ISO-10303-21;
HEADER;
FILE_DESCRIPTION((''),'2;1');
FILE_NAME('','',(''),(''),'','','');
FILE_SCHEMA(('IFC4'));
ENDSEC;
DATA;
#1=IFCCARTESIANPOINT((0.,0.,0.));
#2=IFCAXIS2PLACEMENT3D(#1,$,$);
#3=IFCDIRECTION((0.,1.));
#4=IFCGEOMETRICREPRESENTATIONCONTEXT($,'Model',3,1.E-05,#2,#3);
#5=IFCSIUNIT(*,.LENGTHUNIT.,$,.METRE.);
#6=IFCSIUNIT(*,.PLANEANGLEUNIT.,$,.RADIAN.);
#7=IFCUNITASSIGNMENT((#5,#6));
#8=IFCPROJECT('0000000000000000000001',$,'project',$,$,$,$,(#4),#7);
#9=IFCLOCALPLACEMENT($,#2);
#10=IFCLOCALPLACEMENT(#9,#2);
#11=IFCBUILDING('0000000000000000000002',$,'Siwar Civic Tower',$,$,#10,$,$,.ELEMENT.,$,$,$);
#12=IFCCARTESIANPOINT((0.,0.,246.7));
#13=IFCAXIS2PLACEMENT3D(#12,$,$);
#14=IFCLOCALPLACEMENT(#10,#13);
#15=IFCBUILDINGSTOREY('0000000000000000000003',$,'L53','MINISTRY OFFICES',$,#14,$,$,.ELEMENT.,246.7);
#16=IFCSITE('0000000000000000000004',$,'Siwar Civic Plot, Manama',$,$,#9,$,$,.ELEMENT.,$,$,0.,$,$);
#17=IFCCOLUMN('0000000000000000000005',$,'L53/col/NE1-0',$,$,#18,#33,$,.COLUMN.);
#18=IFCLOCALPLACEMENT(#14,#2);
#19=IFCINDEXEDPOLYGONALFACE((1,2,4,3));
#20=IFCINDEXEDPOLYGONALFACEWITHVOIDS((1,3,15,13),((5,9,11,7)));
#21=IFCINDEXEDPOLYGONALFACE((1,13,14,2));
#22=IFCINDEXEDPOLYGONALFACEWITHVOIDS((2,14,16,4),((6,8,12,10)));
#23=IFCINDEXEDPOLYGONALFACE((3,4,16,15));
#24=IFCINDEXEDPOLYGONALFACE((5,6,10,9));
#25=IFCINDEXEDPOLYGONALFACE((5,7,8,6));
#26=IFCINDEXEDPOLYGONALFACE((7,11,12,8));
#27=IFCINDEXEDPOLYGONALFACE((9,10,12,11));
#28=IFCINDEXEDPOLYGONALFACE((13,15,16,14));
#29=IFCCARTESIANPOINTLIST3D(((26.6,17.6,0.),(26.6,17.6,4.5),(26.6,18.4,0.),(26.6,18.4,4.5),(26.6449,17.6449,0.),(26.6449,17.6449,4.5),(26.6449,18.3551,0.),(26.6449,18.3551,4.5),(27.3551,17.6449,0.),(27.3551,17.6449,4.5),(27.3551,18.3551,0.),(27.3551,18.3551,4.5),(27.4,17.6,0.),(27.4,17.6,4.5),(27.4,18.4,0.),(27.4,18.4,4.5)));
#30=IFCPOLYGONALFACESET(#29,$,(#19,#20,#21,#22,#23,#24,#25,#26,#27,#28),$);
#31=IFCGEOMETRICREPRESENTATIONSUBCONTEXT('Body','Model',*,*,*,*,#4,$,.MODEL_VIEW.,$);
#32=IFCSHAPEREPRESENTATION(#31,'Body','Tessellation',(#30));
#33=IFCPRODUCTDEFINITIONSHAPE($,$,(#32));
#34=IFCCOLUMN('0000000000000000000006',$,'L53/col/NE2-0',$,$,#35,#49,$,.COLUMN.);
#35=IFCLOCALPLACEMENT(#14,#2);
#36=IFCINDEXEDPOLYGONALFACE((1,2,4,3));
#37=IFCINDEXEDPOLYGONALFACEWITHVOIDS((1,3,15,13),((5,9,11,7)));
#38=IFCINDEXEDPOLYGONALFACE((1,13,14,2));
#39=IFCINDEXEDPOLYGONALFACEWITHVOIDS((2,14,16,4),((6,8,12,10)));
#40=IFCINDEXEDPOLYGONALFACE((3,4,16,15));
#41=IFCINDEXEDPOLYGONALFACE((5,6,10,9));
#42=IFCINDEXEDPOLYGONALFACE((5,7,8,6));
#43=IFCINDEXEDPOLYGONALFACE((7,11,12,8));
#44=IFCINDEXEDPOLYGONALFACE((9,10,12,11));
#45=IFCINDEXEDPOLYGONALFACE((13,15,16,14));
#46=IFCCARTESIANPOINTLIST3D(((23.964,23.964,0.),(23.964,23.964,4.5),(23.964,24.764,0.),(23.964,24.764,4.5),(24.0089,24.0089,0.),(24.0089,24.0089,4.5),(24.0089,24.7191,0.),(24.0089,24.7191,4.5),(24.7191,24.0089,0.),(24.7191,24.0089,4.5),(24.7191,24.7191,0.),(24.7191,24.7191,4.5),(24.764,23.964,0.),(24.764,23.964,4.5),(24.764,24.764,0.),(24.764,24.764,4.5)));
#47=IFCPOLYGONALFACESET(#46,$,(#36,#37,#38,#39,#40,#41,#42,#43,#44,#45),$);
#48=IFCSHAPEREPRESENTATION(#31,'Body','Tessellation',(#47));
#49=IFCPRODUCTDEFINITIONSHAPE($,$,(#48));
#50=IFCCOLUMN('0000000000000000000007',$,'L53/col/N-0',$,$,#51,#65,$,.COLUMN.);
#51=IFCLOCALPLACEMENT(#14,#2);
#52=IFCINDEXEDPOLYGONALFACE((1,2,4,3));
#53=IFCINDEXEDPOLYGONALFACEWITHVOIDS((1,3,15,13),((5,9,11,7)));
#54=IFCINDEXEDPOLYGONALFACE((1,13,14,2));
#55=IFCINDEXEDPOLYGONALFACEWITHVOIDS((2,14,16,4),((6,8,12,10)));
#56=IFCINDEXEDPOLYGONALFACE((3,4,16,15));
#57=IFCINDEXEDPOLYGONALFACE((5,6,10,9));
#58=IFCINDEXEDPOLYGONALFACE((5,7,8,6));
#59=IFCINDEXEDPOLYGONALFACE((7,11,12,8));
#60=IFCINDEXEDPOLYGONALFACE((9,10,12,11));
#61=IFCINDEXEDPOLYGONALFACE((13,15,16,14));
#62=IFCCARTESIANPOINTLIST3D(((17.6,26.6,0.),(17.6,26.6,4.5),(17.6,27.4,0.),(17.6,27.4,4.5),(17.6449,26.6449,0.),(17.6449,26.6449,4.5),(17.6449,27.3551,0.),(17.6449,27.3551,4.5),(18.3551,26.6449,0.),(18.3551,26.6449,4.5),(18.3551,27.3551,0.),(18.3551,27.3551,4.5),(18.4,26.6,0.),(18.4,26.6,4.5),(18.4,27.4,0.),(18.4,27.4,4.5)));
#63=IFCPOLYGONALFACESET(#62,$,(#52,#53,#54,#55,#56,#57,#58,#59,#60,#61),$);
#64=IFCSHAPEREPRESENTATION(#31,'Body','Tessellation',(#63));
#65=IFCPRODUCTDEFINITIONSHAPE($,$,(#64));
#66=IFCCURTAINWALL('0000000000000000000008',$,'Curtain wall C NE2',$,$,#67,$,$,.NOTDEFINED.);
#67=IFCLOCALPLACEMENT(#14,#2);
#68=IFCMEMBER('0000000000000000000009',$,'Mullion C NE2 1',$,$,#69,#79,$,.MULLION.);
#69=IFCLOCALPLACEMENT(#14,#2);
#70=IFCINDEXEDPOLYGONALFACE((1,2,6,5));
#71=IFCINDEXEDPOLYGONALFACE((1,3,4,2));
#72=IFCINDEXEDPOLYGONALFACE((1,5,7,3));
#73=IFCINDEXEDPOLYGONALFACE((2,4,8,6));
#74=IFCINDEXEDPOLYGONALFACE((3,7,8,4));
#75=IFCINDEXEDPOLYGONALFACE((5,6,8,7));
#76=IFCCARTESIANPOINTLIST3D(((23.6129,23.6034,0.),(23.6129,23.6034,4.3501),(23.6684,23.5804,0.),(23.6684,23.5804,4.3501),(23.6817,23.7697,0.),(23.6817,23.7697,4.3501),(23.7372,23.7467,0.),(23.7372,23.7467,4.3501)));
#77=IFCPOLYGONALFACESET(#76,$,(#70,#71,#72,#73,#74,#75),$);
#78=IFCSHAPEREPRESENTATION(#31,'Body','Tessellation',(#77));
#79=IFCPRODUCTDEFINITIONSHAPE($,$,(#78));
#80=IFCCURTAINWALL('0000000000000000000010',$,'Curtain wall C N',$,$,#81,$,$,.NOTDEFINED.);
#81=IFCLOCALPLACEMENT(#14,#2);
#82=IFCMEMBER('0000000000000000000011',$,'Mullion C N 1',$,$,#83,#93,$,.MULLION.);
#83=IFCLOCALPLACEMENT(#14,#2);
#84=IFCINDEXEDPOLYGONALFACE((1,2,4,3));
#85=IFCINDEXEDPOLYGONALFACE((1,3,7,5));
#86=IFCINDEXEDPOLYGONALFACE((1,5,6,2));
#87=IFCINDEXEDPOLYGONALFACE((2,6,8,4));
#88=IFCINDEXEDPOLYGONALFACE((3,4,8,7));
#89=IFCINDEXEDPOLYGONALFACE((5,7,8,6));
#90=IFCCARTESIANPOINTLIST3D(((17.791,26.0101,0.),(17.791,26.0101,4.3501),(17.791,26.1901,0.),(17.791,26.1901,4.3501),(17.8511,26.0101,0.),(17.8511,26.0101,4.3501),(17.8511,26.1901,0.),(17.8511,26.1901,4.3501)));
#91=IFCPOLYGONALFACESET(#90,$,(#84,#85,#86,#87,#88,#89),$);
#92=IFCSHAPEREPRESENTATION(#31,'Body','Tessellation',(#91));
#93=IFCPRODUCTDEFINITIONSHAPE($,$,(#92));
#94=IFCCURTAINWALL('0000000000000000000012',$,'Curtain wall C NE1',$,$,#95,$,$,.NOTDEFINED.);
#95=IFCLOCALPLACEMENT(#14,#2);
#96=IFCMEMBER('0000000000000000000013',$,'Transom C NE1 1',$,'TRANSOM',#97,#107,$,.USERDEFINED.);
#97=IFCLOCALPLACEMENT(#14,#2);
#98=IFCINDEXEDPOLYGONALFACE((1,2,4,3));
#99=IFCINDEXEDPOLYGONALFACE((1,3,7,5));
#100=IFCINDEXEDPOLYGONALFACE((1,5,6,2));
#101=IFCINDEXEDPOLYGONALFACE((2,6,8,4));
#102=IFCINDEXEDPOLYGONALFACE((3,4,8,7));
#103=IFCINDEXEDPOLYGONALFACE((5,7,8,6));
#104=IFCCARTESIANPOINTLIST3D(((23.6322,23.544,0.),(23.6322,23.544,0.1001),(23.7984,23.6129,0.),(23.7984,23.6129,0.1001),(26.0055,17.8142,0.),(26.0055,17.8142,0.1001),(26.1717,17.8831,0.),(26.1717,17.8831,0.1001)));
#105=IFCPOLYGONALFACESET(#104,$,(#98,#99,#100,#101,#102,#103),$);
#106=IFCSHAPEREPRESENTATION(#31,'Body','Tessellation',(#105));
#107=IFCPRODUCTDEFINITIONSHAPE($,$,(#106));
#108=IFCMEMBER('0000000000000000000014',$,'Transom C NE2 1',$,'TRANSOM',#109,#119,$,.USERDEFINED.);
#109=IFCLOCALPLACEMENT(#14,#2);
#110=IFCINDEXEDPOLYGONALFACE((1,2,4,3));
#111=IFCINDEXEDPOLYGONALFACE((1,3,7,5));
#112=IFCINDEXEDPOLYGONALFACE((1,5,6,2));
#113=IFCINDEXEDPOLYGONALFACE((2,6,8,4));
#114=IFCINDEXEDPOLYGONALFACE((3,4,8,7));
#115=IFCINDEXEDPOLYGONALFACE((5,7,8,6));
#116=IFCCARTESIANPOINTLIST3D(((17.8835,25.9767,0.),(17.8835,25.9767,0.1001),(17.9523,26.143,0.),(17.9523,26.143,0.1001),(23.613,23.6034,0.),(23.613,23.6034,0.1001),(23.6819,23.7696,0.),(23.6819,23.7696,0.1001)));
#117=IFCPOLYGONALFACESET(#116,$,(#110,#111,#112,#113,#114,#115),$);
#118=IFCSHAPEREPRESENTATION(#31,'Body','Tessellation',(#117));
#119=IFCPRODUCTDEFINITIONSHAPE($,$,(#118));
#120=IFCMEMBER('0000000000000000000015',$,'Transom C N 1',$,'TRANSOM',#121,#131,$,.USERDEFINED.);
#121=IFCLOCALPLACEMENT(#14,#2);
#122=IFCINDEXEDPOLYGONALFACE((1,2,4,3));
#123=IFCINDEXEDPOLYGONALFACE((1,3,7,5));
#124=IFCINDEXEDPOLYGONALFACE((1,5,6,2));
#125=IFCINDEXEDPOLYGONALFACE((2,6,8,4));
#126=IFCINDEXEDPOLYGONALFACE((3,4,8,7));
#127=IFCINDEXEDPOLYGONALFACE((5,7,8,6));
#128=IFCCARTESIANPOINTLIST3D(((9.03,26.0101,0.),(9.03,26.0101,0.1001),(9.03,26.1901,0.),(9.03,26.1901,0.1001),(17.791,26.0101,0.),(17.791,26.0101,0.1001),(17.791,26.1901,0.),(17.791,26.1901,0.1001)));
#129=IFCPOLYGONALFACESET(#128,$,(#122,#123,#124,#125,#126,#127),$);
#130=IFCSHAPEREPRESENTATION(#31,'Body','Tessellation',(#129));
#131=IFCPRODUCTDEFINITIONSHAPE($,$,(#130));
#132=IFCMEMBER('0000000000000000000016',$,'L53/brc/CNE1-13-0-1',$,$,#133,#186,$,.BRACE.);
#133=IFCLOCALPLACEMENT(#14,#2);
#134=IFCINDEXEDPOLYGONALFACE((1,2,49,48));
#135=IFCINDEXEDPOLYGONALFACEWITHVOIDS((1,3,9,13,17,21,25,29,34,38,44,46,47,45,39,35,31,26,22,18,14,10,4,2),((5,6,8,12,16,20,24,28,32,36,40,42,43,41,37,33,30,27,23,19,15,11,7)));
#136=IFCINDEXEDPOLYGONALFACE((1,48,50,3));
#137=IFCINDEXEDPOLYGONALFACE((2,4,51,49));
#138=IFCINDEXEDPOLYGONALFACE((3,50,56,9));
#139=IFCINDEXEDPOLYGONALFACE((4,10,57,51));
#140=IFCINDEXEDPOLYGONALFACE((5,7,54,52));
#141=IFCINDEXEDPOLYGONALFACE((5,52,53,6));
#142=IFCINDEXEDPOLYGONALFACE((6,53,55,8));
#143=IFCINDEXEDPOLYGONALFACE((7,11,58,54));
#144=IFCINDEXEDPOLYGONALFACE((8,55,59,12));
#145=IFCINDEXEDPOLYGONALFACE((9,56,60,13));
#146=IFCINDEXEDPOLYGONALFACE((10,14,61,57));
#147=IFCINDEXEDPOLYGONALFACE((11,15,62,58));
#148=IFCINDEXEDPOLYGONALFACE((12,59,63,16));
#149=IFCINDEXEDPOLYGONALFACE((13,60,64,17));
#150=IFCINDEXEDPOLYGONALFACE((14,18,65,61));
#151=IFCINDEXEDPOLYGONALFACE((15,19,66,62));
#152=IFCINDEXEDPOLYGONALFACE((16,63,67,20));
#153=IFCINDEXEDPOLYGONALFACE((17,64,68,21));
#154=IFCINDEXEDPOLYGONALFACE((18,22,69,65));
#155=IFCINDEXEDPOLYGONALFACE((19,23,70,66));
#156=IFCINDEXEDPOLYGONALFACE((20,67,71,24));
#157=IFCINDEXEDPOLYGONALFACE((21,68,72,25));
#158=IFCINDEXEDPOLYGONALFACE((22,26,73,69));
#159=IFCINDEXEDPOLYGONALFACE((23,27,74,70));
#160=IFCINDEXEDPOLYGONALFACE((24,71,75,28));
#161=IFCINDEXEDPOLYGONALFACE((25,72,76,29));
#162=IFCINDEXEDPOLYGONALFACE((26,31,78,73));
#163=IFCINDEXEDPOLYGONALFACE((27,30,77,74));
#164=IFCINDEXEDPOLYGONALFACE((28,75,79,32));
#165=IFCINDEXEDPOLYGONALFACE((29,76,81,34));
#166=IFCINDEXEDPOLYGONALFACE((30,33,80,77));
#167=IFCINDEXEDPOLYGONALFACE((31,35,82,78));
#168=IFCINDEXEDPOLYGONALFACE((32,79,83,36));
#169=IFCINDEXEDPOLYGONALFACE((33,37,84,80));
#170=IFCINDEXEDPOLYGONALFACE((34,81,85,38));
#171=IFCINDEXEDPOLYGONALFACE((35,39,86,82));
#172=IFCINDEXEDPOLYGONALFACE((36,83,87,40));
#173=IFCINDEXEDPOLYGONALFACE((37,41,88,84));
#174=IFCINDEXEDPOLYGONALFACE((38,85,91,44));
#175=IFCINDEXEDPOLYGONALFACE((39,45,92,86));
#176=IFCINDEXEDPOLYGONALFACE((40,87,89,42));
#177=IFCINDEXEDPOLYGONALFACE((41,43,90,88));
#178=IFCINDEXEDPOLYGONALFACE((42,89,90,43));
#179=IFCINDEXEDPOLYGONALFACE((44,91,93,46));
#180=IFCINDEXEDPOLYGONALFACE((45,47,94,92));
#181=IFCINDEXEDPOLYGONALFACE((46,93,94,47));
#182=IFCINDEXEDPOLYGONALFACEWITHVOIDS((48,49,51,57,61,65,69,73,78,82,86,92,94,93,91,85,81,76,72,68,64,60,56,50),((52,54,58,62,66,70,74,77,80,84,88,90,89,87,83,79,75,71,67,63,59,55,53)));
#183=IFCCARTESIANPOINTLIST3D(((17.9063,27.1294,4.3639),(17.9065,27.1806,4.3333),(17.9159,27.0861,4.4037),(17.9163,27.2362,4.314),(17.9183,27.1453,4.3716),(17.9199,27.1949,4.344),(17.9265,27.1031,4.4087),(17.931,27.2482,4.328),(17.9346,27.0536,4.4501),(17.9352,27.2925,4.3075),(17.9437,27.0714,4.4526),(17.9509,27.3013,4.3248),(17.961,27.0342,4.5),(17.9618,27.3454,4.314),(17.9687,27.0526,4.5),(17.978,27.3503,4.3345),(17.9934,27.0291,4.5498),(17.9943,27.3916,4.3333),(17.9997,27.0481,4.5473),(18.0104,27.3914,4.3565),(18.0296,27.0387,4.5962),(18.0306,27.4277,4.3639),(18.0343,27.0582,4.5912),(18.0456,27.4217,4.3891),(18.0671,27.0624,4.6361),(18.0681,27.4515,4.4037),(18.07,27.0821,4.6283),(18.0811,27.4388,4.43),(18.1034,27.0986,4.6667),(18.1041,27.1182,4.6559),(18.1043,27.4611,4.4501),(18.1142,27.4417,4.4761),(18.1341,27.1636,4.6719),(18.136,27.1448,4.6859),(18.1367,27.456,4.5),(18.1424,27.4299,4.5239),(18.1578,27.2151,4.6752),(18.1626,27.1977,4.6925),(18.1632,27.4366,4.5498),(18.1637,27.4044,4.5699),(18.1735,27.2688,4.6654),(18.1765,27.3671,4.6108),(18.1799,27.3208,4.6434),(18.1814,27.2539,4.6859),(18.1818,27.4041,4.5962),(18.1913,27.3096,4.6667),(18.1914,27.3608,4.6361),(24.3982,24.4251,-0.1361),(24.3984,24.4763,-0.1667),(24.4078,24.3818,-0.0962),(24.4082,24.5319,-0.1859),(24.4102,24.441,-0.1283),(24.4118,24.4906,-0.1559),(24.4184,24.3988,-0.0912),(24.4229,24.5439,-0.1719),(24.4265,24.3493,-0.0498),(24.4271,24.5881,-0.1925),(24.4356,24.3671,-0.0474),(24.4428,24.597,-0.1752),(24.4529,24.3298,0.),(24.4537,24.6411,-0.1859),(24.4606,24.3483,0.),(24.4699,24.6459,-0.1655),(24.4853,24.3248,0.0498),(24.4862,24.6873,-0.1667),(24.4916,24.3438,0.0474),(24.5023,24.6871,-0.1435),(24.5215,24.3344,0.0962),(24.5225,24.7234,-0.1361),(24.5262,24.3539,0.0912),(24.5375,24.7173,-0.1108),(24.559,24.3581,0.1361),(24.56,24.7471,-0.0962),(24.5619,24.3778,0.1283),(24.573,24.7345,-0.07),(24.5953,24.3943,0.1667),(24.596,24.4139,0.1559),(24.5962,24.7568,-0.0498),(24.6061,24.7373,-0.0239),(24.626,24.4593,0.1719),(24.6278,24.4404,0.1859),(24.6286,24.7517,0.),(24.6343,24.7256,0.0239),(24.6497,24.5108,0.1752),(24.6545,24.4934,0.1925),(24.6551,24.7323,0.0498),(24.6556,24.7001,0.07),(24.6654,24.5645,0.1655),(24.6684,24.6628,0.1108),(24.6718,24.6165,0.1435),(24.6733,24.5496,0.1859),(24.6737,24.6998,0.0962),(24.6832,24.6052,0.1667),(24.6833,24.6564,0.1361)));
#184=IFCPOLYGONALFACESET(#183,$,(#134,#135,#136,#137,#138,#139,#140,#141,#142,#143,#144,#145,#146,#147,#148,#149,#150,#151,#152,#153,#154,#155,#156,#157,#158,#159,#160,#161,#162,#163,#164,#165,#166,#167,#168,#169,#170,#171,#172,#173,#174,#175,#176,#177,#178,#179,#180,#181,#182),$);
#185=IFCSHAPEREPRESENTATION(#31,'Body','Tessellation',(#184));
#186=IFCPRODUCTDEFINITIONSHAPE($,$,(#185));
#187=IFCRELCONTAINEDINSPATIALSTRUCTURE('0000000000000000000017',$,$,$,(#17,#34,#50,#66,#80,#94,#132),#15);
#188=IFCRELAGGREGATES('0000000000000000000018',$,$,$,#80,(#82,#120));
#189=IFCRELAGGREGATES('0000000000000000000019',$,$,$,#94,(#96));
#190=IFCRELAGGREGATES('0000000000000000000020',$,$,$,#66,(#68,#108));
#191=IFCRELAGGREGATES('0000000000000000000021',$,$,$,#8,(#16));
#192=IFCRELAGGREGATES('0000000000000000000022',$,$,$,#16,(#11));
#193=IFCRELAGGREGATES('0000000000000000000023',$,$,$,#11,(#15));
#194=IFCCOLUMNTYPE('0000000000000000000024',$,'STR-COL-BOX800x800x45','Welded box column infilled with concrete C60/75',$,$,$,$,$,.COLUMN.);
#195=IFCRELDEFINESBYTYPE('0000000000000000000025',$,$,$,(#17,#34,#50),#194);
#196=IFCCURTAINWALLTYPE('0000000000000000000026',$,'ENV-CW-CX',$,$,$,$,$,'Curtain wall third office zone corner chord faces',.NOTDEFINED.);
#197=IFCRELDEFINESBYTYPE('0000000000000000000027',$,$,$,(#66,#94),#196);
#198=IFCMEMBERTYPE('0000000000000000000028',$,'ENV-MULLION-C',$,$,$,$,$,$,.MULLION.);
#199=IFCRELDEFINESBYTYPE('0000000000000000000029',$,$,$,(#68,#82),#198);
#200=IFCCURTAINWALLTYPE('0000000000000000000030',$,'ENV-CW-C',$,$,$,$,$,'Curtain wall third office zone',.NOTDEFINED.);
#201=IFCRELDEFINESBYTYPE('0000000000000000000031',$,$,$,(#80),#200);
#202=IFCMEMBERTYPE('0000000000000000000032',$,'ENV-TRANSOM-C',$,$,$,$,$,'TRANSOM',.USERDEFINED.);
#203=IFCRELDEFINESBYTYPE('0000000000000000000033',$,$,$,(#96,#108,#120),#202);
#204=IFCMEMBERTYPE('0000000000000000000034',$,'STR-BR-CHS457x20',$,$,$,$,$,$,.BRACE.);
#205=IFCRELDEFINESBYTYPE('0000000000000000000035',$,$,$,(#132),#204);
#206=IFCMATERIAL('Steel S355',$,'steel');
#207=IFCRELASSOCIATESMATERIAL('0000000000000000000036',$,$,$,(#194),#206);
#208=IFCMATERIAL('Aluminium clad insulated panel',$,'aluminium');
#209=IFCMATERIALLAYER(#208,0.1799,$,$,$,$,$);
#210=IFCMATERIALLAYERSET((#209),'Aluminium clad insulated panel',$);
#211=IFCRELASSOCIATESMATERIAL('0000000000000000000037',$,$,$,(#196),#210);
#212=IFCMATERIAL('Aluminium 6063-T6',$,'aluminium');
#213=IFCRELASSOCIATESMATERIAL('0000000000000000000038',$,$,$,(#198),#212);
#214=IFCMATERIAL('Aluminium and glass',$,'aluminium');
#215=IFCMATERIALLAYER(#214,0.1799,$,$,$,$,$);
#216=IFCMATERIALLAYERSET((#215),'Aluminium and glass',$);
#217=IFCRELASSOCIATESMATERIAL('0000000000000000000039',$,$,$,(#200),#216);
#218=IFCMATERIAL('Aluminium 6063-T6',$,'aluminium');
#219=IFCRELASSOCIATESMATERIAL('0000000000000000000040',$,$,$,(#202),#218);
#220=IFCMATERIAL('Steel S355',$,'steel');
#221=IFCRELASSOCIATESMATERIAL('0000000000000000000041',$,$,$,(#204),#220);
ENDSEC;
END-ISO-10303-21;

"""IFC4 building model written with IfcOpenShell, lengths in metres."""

from ifc_helpers import new_model, si_unit, direction, frame, origin, origin_2d, place, context, subcontext, project, spatial, rectangle, hollow_rectangle, hollow_circle, extrude, material, layer, layer_set, material_profile, profile_set, type_object, element, aggregate, save


model = new_model("IFC4")

# Units and contexts
model_context = context("Model", 3, precision=1e-05, world=origin(), true_north=direction((0.0, 1.0)))
body_context = subcontext(model_context, "Body", "Model", "MODEL_VIEW")
ifc_project = project(units=[si_unit("LENGTHUNIT", "METRE"), si_unit("PLANEANGLEUNIT", "RADIAN")], contexts=[model_context])

# Site, building, storey
site_placement = place(None, origin())
site = spatial("IfcSite", under=ifc_project, at=site_placement, Name="Siwar Civic Plot, Manama", CompositionType="ELEMENT", RefElevation=0.0)
building_placement = place(site_placement, origin())
building = spatial("IfcBuilding", under=site, at=building_placement, Name="Siwar Civic Tower", CompositionType="ELEMENT")
storey_placement = place(building_placement, frame((0.0, 0.0, 246.7)))
storey = spatial("IfcBuildingStorey", under=building, at=storey_placement, Name="L53", Description="MINISTRY OFFICES", CompositionType="ELEMENT", Elevation=246.7)

# Columns
ifc_material_1 = material(Name="Steel S355", Category="steel")
ifc_material_profile_1 = material_profile(ifc_material_1, hollow_rectangle(XDim=0.8, YDim=0.8, WallThickness=0.0449, at=origin_2d()), Name="BOX800x800x45")
ifc_profile_set_1 = profile_set([ifc_material_profile_1], Name="Steel S355")
column_type = type_object("IfcColumnType", Name="STR-COL-BOX800x800x45", Description="Welded box column infilled with concrete C60/75", PredefinedType="COLUMN", material=ifc_profile_set_1)
for number, where, z_axis, x_axis, name in (
    (1, (27.0, 18.0, 0.0), (0.0, 0.0, 1.0), (1.0, 0.0, 0.0), "L53/col/NE1-0"),
    (2, (24.364, 24.364, 0.0), (0.0, 0.0, 1.0), (1.0, 0.0, 0.0), "L53/col/NE2-0"),
    (3, (18.0, 27.0, 0.0), (0.0, 0.0, 1.0), (1.0, 0.0, 0.0), "L53/col/N-0"),
):
    element("IfcColumn", number, at=place(storey_placement, frame(where, z_axis=z_axis, x_axis=x_axis)), inside=storey, type_object=column_type, Name=name, PredefinedType="COLUMN", context=body_context, shape_type="SweptSolid", body=[
        extrude(hollow_rectangle(XDim=0.8, YDim=0.8, WallThickness=0.0449, at=origin_2d()), origin(), (0.0, 0.0, 1.0), 4.5),
    ])

# Curtain walls, members
ifc_material_2 = material(Name="Aluminium clad insulated panel", Category="aluminium")
ifc_layer_1 = layer(ifc_material_2, 0.1799)
ifc_layer_set_1 = layer_set([ifc_layer_1], Name="Aluminium clad insulated panel")
curtain_wall_type_1 = type_object("IfcCurtainWallType", Name="ENV-CW-CX", ElementType="Curtain wall third office zone corner chord faces", PredefinedType="NOTDEFINED", material=ifc_layer_set_1)
curtain_wall_1_placement = place(storey_placement, origin())
curtain_wall_1 = element("IfcCurtainWall", 4, at=curtain_wall_1_placement, inside=storey, type_object=curtain_wall_type_1, Name="Curtain wall C NE2", PredefinedType="NOTDEFINED")
ifc_material_3 = material(Name="Aluminium 6063-T6", Category="aluminium")
ifc_material_profile_2 = material_profile(ifc_material_3, rectangle(XDim=0.1799, YDim=0.0601, at=origin_2d()), Name="AL 180x60")
ifc_profile_set_2 = profile_set([ifc_material_profile_2], Name="Aluminium 6063-T6")
member_type_1 = type_object("IfcMemberType", Name="ENV-MULLION-C", PredefinedType="MULLION", material=ifc_profile_set_2)
member_1_placement = place(storey_placement, frame((23.675, 23.675, 0.0), z_axis=(0.0, 0.0, 1.0), x_axis=(-0.382683, -0.92388, 0.0)))
member_1 = element("IfcMember", 5, at=member_1_placement, type_object=member_type_1, Name="Mullion C NE2 1", PredefinedType="MULLION", context=body_context, shape_type="SweptSolid", body=[
    extrude(rectangle(XDim=0.1799, YDim=0.0601, at=origin_2d()), origin(), (0.0, 0.0, 1.0), 4.3501),
])
ifc_material_4 = material(Name="Aluminium and glass", Category="aluminium")
ifc_layer_2 = layer(ifc_material_4, 0.1799)
ifc_layer_set_2 = layer_set([ifc_layer_2], Name="Aluminium and glass")
curtain_wall_type_2 = type_object("IfcCurtainWallType", Name="ENV-CW-C", ElementType="Curtain wall third office zone", PredefinedType="NOTDEFINED", material=ifc_layer_set_2)
curtain_wall_2_placement = place(storey_placement, origin())
curtain_wall_2 = element("IfcCurtainWall", 6, at=curtain_wall_2_placement, inside=storey, type_object=curtain_wall_type_2, Name="Curtain wall C N", PredefinedType="NOTDEFINED")
member_2_placement = place(storey_placement, frame((17.821, 26.1001, 0.0), z_axis=(0.0, 0.0, 1.0), x_axis=(0.0, -1.0, 0.0)))
member_2 = element("IfcMember", 7, at=member_2_placement, type_object=member_type_1, Name="Mullion C N 1", PredefinedType="MULLION", context=body_context, shape_type="SweptSolid", body=[
    extrude(rectangle(XDim=0.1799, YDim=0.0601, at=origin_2d()), origin(), (0.0, 0.0, 1.0), 4.3501),
])
curtain_wall_3_placement = place(storey_placement, origin())
curtain_wall_3 = element("IfcCurtainWall", 8, at=curtain_wall_3_placement, inside=storey, type_object=curtain_wall_type_1, Name="Curtain wall C NE1", PredefinedType="NOTDEFINED")
ifc_material_5 = material(Name="Aluminium 6063-T6", Category="aluminium")
ifc_material_profile_3 = material_profile(ifc_material_5, rectangle(XDim=0.1799, YDim=0.1001, at=origin_2d()), Name="AL 180x100")
ifc_profile_set_3 = profile_set([ifc_material_profile_3], Name="Aluminium 6063-T6")
member_type_2 = type_object("IfcMemberType", Name="ENV-TRANSOM-C", ElementType="TRANSOM", PredefinedType="USERDEFINED", material=ifc_profile_set_3)
member_3_placement = place(storey_placement, frame((26.0886, 17.8486, 0.05), z_axis=(-0.382677, 0.923882, 0.0), x_axis=(-0.923882, -0.382677, 0.0)))
member_3 = element("IfcMember", 9, at=member_3_placement, type_object=member_type_2, Name="Transom C NE1 1", ObjectType="TRANSOM", PredefinedType="USERDEFINED", context=body_context, shape_type="SweptSolid", body=[
    extrude(rectangle(XDim=0.1799, YDim=0.1001, at=origin_2d()), origin(), (0.0, 0.0, 1.0), 6.2019),
])

# Members
member_4_placement = place(storey_placement, frame((23.6475, 23.6865, 0.05), z_axis=(-0.923876, 0.382691, 0.0), x_axis=(-0.382691, -0.923876, 0.0)))
member_4 = element("IfcMember", 10, at=member_4_placement, type_object=member_type_2, Name="Transom C NE2 1", ObjectType="TRANSOM", PredefinedType="USERDEFINED", context=body_context, shape_type="SweptSolid", body=[
    extrude(rectangle(XDim=0.1799, YDim=0.1001, at=origin_2d()), origin(), (0.0, 0.0, 1.0), 6.2017),
])
member_5_placement = place(storey_placement, frame((17.791, 26.1001, 0.05), z_axis=(-1.0, 0.0, 0.0), x_axis=(0.0, -1.0, 0.0)))
member_5 = element("IfcMember", 11, at=member_5_placement, type_object=member_type_2, Name="Transom C N 1", ObjectType="TRANSOM", PredefinedType="USERDEFINED", context=body_context, shape_type="SweptSolid", body=[
    extrude(rectangle(XDim=0.1799, YDim=0.1001, at=origin_2d()), origin(), (0.0, 0.0, 1.0), 8.761),
])
aggregate(curtain_wall_2, [member_2, member_5])

# Member
ifc_material_6 = material(Name="Steel S355", Category="steel")
ifc_material_profile_4 = material_profile(ifc_material_6, hollow_circle(Radius=0.2285, WallThickness=0.02, at=origin_2d()), Name="CHS457x20")
ifc_profile_set_4 = profile_set([ifc_material_profile_4], Name="Steel S355")
member_type_3 = type_object("IfcMemberType", Name="STR-BR-CHS457x20", PredefinedType="BRACE", material=ifc_profile_set_4)
member_6_placement = place(storey_placement, frame((24.5408, 24.5408, 0.0), z_axis=(-0.777555, 0.323906, 0.538975), x_axis=(-0.384539, -0.923109, 0.0)))
element("IfcMember", 12, at=member_6_placement, inside=storey, type_object=member_type_3, Name="L53/brc/CNE1-13-0-1", PredefinedType="BRACE", context=body_context, shape_type="SweptSolid", body=[
    extrude(hollow_circle(Radius=0.2285, WallThickness=0.02, at=origin_2d()), origin(), (0.0, 0.0, 1.0), 8.3491),
])

aggregate(curtain_wall_3, [member_3])
aggregate(curtain_wall_1, [member_1, member_4])

save(model, "model.ifc")
